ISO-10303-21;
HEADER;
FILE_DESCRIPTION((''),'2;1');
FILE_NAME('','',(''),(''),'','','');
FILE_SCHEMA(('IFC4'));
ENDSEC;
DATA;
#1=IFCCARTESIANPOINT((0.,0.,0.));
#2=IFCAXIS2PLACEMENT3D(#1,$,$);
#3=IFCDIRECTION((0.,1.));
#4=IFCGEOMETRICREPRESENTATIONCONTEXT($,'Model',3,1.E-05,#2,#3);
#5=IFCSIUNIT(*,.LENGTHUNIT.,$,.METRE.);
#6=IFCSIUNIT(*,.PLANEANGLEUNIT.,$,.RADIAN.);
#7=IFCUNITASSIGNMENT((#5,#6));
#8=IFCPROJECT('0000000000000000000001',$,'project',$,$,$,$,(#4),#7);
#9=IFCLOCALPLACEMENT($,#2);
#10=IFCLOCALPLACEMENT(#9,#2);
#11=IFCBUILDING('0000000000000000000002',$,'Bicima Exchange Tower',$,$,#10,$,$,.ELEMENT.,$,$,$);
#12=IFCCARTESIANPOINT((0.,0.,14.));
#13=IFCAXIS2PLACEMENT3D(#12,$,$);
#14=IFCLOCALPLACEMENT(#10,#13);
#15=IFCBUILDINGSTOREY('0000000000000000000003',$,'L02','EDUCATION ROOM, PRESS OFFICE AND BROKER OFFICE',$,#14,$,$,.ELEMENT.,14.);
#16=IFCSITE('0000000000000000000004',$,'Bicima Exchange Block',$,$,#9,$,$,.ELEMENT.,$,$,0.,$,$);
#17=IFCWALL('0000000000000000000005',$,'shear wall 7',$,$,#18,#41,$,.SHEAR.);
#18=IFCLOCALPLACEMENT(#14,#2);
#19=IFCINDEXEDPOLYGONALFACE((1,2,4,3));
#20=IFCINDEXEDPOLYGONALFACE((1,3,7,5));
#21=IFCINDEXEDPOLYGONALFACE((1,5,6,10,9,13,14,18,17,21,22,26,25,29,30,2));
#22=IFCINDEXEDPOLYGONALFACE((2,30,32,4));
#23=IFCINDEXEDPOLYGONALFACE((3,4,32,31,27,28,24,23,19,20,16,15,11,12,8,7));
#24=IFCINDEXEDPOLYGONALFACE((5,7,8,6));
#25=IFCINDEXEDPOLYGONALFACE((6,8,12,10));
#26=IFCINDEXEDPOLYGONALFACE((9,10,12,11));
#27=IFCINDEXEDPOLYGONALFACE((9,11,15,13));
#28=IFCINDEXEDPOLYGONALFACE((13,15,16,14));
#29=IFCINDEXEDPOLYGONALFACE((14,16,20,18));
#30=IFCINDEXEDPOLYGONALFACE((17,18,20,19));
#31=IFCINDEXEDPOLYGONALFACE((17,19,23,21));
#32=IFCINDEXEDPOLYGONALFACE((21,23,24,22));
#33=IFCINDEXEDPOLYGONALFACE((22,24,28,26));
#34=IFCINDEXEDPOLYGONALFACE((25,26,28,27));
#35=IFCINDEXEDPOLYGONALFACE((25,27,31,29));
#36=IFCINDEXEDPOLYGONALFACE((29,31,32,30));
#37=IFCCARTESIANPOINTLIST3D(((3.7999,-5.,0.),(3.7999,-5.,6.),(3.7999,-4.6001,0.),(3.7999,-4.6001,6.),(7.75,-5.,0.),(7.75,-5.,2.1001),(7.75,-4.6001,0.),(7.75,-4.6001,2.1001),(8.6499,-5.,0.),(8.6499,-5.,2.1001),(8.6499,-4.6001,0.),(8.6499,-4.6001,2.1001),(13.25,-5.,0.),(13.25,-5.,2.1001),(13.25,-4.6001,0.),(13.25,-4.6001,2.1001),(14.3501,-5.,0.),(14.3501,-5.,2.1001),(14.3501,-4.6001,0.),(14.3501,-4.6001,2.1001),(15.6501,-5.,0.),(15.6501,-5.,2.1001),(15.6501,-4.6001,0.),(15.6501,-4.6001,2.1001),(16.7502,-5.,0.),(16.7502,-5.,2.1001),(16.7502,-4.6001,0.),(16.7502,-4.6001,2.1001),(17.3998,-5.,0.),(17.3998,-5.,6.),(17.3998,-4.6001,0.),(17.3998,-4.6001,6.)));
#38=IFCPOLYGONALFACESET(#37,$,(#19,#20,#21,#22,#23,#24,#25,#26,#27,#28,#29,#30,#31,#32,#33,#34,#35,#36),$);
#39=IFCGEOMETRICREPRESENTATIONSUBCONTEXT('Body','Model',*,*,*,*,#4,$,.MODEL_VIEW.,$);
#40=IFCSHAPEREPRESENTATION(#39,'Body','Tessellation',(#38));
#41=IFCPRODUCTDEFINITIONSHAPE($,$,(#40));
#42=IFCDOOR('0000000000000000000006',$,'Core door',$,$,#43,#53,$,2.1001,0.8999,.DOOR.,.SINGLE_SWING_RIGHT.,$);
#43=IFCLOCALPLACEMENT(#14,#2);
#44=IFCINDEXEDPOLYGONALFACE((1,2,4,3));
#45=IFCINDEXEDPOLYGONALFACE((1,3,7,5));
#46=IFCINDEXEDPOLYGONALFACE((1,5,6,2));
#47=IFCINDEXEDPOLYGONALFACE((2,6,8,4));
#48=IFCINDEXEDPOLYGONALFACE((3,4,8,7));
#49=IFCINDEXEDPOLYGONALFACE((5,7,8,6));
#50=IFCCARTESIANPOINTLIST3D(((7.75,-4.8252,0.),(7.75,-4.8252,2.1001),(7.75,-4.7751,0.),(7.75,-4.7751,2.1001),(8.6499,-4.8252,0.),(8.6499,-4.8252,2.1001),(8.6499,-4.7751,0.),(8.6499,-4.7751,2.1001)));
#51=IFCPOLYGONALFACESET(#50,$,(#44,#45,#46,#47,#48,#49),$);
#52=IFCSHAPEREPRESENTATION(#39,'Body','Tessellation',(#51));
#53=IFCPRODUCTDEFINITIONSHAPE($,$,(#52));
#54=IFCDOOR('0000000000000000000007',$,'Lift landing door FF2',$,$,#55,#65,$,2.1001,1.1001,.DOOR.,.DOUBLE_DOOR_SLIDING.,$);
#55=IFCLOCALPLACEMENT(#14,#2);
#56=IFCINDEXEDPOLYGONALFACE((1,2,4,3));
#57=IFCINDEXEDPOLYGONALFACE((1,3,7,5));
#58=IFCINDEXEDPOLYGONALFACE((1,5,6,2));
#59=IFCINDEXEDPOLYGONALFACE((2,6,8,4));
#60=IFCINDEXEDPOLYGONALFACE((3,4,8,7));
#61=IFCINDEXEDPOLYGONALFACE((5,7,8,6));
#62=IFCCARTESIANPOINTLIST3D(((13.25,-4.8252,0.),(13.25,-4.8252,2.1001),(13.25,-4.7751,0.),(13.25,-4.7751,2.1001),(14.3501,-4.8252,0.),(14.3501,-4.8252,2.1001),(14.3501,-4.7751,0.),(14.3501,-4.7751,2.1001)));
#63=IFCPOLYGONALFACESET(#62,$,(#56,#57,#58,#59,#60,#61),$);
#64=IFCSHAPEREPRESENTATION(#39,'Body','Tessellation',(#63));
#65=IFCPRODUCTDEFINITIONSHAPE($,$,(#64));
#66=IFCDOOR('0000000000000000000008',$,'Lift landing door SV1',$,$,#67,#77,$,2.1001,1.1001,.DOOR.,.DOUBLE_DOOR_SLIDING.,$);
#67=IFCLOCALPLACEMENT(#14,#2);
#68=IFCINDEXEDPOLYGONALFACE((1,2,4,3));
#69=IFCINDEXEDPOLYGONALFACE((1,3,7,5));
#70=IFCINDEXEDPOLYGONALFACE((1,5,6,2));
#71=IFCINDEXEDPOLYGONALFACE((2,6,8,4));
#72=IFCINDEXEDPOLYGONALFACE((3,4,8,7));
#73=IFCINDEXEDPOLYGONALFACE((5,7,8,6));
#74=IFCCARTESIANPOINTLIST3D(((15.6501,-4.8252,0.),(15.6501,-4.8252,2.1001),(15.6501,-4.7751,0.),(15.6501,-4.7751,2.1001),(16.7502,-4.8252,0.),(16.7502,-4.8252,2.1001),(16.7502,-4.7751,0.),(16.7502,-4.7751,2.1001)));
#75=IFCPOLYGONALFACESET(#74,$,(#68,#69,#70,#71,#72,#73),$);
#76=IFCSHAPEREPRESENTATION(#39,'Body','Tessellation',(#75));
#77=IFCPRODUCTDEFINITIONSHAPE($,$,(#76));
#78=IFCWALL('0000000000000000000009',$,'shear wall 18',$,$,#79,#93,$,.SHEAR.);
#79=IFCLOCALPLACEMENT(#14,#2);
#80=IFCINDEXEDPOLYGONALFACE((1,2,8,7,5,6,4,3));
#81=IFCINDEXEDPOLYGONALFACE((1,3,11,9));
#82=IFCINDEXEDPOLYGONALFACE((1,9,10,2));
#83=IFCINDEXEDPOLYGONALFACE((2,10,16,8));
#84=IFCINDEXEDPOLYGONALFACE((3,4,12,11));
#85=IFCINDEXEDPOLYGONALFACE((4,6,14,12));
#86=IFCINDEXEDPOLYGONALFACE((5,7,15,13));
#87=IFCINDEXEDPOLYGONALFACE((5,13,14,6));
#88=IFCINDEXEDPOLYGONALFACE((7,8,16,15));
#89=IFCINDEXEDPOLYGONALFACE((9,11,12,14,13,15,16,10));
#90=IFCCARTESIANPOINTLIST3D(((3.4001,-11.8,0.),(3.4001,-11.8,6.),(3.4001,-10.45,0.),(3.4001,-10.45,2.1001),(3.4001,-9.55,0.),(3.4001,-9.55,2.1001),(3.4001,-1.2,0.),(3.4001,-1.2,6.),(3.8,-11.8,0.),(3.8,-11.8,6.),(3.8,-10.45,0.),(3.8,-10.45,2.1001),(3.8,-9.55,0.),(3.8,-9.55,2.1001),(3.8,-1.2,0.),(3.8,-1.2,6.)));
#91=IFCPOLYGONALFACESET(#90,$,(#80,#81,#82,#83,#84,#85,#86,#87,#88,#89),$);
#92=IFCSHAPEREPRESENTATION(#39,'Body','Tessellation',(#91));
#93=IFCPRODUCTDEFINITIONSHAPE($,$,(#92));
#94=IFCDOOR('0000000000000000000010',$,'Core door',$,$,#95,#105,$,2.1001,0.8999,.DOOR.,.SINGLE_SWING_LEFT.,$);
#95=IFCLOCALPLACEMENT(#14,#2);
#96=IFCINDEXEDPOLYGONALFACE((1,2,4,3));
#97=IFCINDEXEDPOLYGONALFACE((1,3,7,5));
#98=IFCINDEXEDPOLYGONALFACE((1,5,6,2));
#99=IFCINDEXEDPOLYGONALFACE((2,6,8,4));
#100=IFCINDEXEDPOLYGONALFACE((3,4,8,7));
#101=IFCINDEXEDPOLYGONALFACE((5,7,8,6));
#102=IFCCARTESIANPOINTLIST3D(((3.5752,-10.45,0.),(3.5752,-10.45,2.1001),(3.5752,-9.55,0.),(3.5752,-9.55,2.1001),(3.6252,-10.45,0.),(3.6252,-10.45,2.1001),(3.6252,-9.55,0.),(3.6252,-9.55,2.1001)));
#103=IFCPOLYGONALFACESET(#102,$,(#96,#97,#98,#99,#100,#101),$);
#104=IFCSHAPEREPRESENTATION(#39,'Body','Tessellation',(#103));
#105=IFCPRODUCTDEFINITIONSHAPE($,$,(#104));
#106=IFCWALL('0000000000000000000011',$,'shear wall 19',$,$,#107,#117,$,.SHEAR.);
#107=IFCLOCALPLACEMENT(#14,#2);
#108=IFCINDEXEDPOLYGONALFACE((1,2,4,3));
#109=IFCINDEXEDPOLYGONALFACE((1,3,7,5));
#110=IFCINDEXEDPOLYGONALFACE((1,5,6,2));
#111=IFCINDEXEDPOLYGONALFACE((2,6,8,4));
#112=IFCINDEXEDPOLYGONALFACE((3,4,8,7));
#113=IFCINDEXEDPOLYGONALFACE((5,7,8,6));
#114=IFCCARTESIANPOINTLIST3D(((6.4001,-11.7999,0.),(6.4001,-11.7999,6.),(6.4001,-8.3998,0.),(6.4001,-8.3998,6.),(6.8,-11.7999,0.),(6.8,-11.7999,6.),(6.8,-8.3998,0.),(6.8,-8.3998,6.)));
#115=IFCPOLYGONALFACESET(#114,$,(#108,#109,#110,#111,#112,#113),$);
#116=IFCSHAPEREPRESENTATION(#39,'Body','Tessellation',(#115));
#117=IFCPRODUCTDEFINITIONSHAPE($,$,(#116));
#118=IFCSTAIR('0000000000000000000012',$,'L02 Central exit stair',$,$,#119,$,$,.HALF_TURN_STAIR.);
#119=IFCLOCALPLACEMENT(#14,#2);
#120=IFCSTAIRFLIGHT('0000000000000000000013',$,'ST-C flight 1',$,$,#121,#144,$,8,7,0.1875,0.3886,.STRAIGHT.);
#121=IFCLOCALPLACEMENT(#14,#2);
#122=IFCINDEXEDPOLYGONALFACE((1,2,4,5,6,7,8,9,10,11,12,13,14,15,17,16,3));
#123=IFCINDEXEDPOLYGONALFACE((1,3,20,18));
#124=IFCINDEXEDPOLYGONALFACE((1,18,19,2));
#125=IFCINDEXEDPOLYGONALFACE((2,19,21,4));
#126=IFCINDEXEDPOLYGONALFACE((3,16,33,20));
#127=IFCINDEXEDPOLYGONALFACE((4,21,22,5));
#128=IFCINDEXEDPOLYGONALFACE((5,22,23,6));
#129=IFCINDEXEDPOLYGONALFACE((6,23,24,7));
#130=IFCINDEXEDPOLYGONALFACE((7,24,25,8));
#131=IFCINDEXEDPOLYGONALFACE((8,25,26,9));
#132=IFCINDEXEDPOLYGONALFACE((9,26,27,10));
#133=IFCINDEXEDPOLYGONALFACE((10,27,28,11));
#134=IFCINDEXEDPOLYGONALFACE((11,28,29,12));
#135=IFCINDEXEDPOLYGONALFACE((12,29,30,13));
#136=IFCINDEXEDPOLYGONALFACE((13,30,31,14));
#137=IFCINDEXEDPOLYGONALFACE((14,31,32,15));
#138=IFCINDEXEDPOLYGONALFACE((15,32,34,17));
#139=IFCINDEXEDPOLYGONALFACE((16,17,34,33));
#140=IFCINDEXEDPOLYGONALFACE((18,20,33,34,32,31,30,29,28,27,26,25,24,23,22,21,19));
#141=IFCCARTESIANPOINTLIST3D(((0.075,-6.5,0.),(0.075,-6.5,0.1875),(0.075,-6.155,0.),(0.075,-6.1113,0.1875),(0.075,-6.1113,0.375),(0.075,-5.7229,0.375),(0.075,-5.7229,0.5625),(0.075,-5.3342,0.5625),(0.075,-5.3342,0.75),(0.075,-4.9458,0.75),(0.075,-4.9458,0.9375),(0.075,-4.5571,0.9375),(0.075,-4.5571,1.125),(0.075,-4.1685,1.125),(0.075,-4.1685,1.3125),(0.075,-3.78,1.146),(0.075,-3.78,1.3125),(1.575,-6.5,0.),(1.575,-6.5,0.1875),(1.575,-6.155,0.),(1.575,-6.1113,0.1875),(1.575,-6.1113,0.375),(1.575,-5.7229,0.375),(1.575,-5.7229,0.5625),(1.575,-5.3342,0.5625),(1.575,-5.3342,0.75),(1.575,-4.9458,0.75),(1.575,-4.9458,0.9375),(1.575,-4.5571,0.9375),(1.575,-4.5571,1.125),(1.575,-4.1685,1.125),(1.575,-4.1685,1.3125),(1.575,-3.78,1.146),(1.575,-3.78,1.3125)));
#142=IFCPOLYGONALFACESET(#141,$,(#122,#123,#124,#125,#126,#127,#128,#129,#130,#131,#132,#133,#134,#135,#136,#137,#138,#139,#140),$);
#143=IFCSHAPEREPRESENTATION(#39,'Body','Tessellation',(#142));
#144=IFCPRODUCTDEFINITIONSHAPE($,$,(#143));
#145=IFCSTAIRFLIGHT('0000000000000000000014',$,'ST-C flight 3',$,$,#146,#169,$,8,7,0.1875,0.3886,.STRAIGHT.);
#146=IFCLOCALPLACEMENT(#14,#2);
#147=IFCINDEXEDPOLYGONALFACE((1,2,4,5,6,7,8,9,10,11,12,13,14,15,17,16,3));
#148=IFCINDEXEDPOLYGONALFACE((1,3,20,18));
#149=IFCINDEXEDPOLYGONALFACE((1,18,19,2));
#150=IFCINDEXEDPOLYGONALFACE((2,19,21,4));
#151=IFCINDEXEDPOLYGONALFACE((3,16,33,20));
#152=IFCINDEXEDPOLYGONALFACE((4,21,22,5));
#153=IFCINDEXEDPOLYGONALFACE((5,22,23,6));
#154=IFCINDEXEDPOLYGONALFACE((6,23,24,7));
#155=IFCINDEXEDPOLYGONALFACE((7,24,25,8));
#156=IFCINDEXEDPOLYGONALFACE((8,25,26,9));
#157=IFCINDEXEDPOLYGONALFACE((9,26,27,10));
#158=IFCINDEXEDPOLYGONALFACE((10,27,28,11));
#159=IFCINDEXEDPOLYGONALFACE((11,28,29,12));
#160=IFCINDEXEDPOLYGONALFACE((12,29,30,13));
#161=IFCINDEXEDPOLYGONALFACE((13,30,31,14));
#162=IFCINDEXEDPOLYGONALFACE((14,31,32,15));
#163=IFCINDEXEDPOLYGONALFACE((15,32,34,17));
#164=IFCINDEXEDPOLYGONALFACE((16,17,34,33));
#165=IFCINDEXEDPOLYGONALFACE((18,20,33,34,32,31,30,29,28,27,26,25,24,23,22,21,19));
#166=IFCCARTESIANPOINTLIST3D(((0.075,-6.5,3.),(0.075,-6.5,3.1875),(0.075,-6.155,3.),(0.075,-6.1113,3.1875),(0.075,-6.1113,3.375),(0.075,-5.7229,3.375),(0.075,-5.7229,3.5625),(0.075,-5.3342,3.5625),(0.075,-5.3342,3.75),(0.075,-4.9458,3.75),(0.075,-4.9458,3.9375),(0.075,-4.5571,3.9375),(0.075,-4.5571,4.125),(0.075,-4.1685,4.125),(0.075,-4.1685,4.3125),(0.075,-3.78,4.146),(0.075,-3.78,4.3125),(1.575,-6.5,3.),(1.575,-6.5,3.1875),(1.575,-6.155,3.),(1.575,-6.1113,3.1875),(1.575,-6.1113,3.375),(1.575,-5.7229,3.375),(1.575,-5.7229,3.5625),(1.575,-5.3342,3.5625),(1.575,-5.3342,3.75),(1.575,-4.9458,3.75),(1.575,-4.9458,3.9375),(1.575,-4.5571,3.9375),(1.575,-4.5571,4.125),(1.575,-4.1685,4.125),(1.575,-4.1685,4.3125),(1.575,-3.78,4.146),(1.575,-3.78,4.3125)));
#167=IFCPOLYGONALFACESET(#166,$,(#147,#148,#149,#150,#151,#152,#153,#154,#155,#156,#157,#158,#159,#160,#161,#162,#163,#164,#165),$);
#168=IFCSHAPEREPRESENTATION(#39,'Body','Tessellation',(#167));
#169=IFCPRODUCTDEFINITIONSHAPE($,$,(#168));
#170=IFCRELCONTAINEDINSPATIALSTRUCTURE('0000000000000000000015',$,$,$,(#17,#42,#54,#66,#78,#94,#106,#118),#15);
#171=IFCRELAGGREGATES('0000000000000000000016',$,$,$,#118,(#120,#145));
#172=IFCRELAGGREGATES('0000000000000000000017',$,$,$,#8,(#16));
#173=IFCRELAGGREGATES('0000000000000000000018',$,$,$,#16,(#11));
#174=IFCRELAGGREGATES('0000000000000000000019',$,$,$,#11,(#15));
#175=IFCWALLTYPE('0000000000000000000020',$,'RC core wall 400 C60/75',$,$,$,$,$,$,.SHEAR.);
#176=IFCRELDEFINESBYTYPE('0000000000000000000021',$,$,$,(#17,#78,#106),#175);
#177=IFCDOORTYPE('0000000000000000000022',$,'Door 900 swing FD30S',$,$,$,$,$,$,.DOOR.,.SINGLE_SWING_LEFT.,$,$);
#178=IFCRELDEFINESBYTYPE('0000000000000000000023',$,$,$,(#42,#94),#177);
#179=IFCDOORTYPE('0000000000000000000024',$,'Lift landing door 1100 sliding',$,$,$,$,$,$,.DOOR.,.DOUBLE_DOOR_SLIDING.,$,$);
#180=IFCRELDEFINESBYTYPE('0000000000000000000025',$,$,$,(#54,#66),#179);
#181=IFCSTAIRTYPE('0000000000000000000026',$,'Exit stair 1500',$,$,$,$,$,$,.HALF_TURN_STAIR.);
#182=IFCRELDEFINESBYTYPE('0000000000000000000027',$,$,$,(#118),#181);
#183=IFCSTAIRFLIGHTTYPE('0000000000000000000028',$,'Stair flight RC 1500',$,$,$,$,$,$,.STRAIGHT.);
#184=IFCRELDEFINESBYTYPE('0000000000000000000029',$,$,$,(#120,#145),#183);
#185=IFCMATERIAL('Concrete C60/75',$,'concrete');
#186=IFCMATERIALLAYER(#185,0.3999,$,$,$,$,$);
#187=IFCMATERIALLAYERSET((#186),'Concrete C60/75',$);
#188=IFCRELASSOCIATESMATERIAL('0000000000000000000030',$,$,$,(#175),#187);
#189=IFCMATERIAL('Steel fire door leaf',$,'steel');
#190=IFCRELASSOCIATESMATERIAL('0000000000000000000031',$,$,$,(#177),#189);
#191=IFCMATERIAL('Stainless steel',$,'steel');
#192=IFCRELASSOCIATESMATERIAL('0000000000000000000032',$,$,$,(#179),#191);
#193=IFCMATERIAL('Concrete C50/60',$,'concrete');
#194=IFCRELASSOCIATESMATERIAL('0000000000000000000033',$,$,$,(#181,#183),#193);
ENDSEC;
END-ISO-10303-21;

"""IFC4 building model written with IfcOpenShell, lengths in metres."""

from ifc_helpers import new_model, si_unit, direction, frame, frame_2d, origin, place, context, subcontext, project, spatial, polyline, rectangle, outline, extrude, material, layer, layer_set, type_object, element, fill, aggregate, save


model = new_model("IFC4")

# Units and contexts
model_context = context("Model", 3, precision=1e-05, world=origin(), true_north=direction((0.0, 1.0)))
body_context = subcontext(model_context, "Body", "Model", "MODEL_VIEW")
ifc_project = project(units=[si_unit("LENGTHUNIT", "METRE"), si_unit("PLANEANGLEUNIT", "RADIAN")], contexts=[model_context])

# Site, building, storey
site_placement = place(None, origin())
site = spatial("IfcSite", under=ifc_project, at=site_placement, Name="Bicima Exchange Block", CompositionType="ELEMENT", RefElevation=0.0)
building_placement = place(site_placement, origin())
building = spatial("IfcBuilding", under=site, at=building_placement, Name="Bicima Exchange Tower", CompositionType="ELEMENT")
storey_placement = place(building_placement, frame((0.0, 0.0, 14.0)))
storey = spatial("IfcBuildingStorey", under=building, at=storey_placement, Name="L02", Description="EDUCATION ROOM, PRESS OFFICE AND BROKER OFFICE", CompositionType="ELEMENT", Elevation=14.0)

# Shared definitions
ifc_material_1 = material(Name="Concrete C50/60", Category="concrete")

# Shared definitions
ifc_material_2 = material(Name="Concrete C60/75", Category="concrete")
ifc_layer_1 = layer(ifc_material_2, 0.3999)
ifc_layer_set_1 = layer_set([ifc_layer_1], Name="Concrete C60/75")
wall_type_1 = type_object("IfcWallType", Name="RC core wall 400 C60/75", PredefinedType="SHEAR", material=ifc_layer_set_1)
ifc_material_3 = material(Name="Steel fire door leaf", Category="steel")
door_type_1 = type_object("IfcDoorType", Name="Door 900 swing FD30S", OperationType="SINGLE_SWING_LEFT", PredefinedType="DOOR", material=ifc_material_3)

# Wall, openings, doors
wall_1_placement = place(storey_placement, frame((3.8, -4.8, 0.0), z_axis=(0.0, 0.0, 1.0), x_axis=(1.0, 0.0, 0.0)))
wall_1 = element("IfcWall", 1, at=wall_1_placement, inside=storey, type_object=wall_type_1, Name="shear wall 7", PredefinedType="SHEAR", context=body_context, shape_type="SweptSolid", body=[
    extrude(rectangle(XDim=13.5999, YDim=0.3999, at=frame_2d((6.7998, 0.0))), origin(), (0.0, 0.0, 1.0), 6.0),
])
opening_1_placement = place(wall_1_placement, frame((9.45, 0.0, 0.0)))
opening_1 = element("IfcOpeningElement", 2, at=opening_1_placement, cuts=wall_1, PredefinedType="OPENING", context=body_context, shape_type="SweptSolid", body=[
    extrude(rectangle(XDim=1.1001, YDim=2.1001, at=frame_2d((0.55, 1.05))), frame((0.0, 0.2119, 0.0), z_axis=(0.0, -1.0, 0.0), x_axis=(1.0, 0.0, 0.0)), (0.0, 0.0, 1.0), 0.4238),
])
opening_2_placement = place(wall_1_placement, frame((11.8501, 0.0, 0.0)))
opening_2 = element("IfcOpeningElement", 3, at=opening_2_placement, cuts=wall_1, PredefinedType="OPENING", context=body_context, shape_type="SweptSolid", body=[
    extrude(rectangle(XDim=1.1001, YDim=2.1001, at=frame_2d((0.55, 1.05))), frame((0.0, 0.2119, 0.0), z_axis=(0.0, -1.0, 0.0), x_axis=(1.0, 0.0, 0.0)), (0.0, 0.0, 1.0), 0.4238),
])
opening_3_placement = place(wall_1_placement, frame((3.95, 0.0, 0.0)))
opening_3 = element("IfcOpeningElement", 4, at=opening_3_placement, cuts=wall_1, PredefinedType="OPENING", context=body_context, shape_type="SweptSolid", body=[
    extrude(rectangle(XDim=0.8999, YDim=2.1001, at=frame_2d((0.45, 1.05))), frame((0.0, 0.2119, 0.0), z_axis=(0.0, -1.0, 0.0), x_axis=(1.0, 0.0, 0.0)), (0.0, 0.0, 1.0), 0.4238),
])
door_1_placement = place(opening_3_placement, origin())
door_1 = element("IfcDoor", 5, at=door_1_placement, inside=storey, type_object=door_type_1, Name="Core door", OperationType="SINGLE_SWING_RIGHT", OverallHeight=2.1001, OverallWidth=0.8999, PredefinedType="DOOR", context=body_context, shape_type="SweptSolid", body=[
    extrude(rectangle(XDim=0.8999, YDim=2.1001, at=frame_2d((0.45, 1.05))), frame((0.0, 0.0249, 0.0), z_axis=(0.0, -1.0, 0.0), x_axis=(1.0, 0.0, 0.0)), (0.0, 0.0, 1.0), 0.05),
])
fill(opening_3, door_1)
ifc_material_4 = material(Name="Stainless steel", Category="steel")
door_type_2 = type_object("IfcDoorType", Name="Lift landing door 1100 sliding", OperationType="DOUBLE_DOOR_SLIDING", PredefinedType="DOOR", material=ifc_material_4)
door_2_placement = place(opening_1_placement, origin())
door_2 = element("IfcDoor", 6, at=door_2_placement, inside=storey, type_object=door_type_2, Name="Lift landing door FF2", OperationType="DOUBLE_DOOR_SLIDING", OverallHeight=2.1001, OverallWidth=1.1001, PredefinedType="DOOR", context=body_context, shape_type="SweptSolid", body=[
    extrude(rectangle(XDim=1.1001, YDim=2.1001, at=frame_2d((0.55, 1.05))), frame((0.0, 0.0249, 0.0), z_axis=(0.0, -1.0, 0.0), x_axis=(1.0, 0.0, 0.0)), (0.0, 0.0, 1.0), 0.05),
])
fill(opening_1, door_2)
door_3_placement = place(opening_2_placement, origin())
door_3 = element("IfcDoor", 7, at=door_3_placement, inside=storey, type_object=door_type_2, Name="Lift landing door SV1", OperationType="DOUBLE_DOOR_SLIDING", OverallHeight=2.1001, OverallWidth=1.1001, PredefinedType="DOOR", context=body_context, shape_type="SweptSolid", body=[
    extrude(rectangle(XDim=1.1001, YDim=2.1001, at=frame_2d((0.55, 1.05))), frame((0.0, 0.0249, 0.0), z_axis=(0.0, -1.0, 0.0), x_axis=(1.0, 0.0, 0.0)), (0.0, 0.0, 1.0), 0.05),
])
fill(opening_2, door_3)

# Wall, opening, door
wall_2_placement = place(storey_placement, frame((3.6001, -11.8, 0.0), z_axis=(0.0, 0.0, 1.0), x_axis=(0.0, 1.0, 0.0)))
wall_2 = element("IfcWall", 8, at=wall_2_placement, inside=storey, type_object=wall_type_1, Name="shear wall 18", PredefinedType="SHEAR", context=body_context, shape_type="SweptSolid", body=[
    extrude(rectangle(XDim=10.6001, YDim=0.3999, at=frame_2d((5.3, 0.0))), origin(), (0.0, 0.0, 1.0), 6.0),
])
opening_4_placement = place(wall_2_placement, frame((1.3501, 0.0, 0.0)))
opening_4 = element("IfcOpeningElement", 9, at=opening_4_placement, cuts=wall_2, PredefinedType="OPENING", context=body_context, shape_type="SweptSolid", body=[
    extrude(rectangle(XDim=0.8999, YDim=2.1001, at=frame_2d((0.45, 1.05))), frame((0.0, 0.2119, 0.0), z_axis=(0.0, -1.0, 0.0), x_axis=(1.0, 0.0, 0.0)), (0.0, 0.0, 1.0), 0.4238),
])
door_4_placement = place(opening_4_placement, origin())
door_4 = element("IfcDoor", 10, at=door_4_placement, inside=storey, type_object=door_type_1, Name="Core door", OperationType="SINGLE_SWING_LEFT", OverallHeight=2.1001, OverallWidth=0.8999, PredefinedType="DOOR", context=body_context, shape_type="SweptSolid", body=[
    extrude(rectangle(XDim=0.8999, YDim=2.1001, at=frame_2d((0.45, 1.05))), frame((0.0, 0.0249, 0.0), z_axis=(0.0, -1.0, 0.0), x_axis=(1.0, 0.0, 0.0)), (0.0, 0.0, 1.0), 0.05),
])
fill(opening_4, door_4)

# Wall
wall_3_placement = place(storey_placement, frame((6.6001, -11.8, 0.0), z_axis=(0.0, 0.0, 1.0), x_axis=(0.0, 1.0, 0.0)))
element("IfcWall", 11, at=wall_3_placement, inside=storey, type_object=wall_type_1, Name="shear wall 19", PredefinedType="SHEAR", context=body_context, shape_type="SweptSolid", body=[
    extrude(rectangle(XDim=3.4001, YDim=0.3999, at=frame_2d((1.7002, 0.0))), origin(), (0.0, 0.0, 1.0), 6.0),
])

# Stair, stair flights
stair_type = type_object("IfcStairType", Name="Exit stair 1500", PredefinedType="HALF_TURN_STAIR", material=ifc_material_1)
stair_placement = place(storey_placement, origin())
stair = element("IfcStair", 12, at=stair_placement, inside=storey, type_object=stair_type, Name="L02 Central exit stair", PredefinedType="HALF_TURN_STAIR")
stair_flight_type = type_object("IfcStairFlightType", Name="Stair flight RC 1500", PredefinedType="STRAIGHT", material=ifc_material_1)
stair_flight_1_placement = place(storey_placement, frame((0.825, -6.5, 0.0), z_axis=(0.0, 0.0, 1.0), x_axis=(0.0, 1.0, 0.0)))
stair_flight_1 = element("IfcStairFlight", 13, at=stair_flight_1_placement, type_object=stair_flight_type, Name="ST-C flight 1", NumberOfRisers=8, NumberOfTreads=7, PredefinedType="STRAIGHT", RiserHeight=0.1875, TreadLength=0.3886, context=body_context, shape_type="SweptSolid", body=[
    extrude(outline(polyline([(0.0, 0.0), (0.0, 0.1875), (0.3887, 0.1875), (0.3887, 0.375), (0.7771, 0.375), (0.7771, 0.5625), (1.1658, 0.5625), (1.1658, 0.75), (1.5542, 0.75), (1.5542, 0.9375), (1.9429, 0.9375), (1.9429, 1.125), (2.3315, 1.125), (2.3315, 1.3125), (2.72, 1.3125), (2.72, 1.5), (2.72, 1.146), (0.345, 0.0), (0.0, 0.0)])), frame((0.0, 0.75, 0.0), z_axis=(0.0, -1.0, 0.0), x_axis=(1.0, 0.0, 0.0)), (0.0, 0.0, 1.0), 1.5),
])
stair_flight_2_placement = place(storey_placement, frame((0.825, -6.5, 3.0), z_axis=(0.0, 0.0, 1.0), x_axis=(0.0, 1.0, 0.0)))
stair_flight_2 = element("IfcStairFlight", 14, at=stair_flight_2_placement, type_object=stair_flight_type, Name="ST-C flight 3", NumberOfRisers=8, NumberOfTreads=7, PredefinedType="STRAIGHT", RiserHeight=0.1875, TreadLength=0.3886, context=body_context, shape_type="SweptSolid", body=[
    extrude(outline(polyline([(0.0, 0.0), (0.0, 0.1875), (0.3887, 0.1875), (0.3887, 0.375), (0.7771, 0.375), (0.7771, 0.5625), (1.1658, 0.5625), (1.1658, 0.75), (1.5542, 0.75), (1.5542, 0.9375), (1.9429, 0.9375), (1.9429, 1.125), (2.3315, 1.125), (2.3315, 1.3125), (2.72, 1.3125), (2.72, 1.5), (2.72, 1.146), (0.345, 0.0), (0.0, 0.0)])), frame((0.0, 0.75, 0.0), z_axis=(0.0, -1.0, 0.0), x_axis=(1.0, 0.0, 0.0)), (0.0, 0.0, 1.0), 1.5),
])
aggregate(stair, [stair_flight_1, stair_flight_2])

save(model, "model.ifc")
